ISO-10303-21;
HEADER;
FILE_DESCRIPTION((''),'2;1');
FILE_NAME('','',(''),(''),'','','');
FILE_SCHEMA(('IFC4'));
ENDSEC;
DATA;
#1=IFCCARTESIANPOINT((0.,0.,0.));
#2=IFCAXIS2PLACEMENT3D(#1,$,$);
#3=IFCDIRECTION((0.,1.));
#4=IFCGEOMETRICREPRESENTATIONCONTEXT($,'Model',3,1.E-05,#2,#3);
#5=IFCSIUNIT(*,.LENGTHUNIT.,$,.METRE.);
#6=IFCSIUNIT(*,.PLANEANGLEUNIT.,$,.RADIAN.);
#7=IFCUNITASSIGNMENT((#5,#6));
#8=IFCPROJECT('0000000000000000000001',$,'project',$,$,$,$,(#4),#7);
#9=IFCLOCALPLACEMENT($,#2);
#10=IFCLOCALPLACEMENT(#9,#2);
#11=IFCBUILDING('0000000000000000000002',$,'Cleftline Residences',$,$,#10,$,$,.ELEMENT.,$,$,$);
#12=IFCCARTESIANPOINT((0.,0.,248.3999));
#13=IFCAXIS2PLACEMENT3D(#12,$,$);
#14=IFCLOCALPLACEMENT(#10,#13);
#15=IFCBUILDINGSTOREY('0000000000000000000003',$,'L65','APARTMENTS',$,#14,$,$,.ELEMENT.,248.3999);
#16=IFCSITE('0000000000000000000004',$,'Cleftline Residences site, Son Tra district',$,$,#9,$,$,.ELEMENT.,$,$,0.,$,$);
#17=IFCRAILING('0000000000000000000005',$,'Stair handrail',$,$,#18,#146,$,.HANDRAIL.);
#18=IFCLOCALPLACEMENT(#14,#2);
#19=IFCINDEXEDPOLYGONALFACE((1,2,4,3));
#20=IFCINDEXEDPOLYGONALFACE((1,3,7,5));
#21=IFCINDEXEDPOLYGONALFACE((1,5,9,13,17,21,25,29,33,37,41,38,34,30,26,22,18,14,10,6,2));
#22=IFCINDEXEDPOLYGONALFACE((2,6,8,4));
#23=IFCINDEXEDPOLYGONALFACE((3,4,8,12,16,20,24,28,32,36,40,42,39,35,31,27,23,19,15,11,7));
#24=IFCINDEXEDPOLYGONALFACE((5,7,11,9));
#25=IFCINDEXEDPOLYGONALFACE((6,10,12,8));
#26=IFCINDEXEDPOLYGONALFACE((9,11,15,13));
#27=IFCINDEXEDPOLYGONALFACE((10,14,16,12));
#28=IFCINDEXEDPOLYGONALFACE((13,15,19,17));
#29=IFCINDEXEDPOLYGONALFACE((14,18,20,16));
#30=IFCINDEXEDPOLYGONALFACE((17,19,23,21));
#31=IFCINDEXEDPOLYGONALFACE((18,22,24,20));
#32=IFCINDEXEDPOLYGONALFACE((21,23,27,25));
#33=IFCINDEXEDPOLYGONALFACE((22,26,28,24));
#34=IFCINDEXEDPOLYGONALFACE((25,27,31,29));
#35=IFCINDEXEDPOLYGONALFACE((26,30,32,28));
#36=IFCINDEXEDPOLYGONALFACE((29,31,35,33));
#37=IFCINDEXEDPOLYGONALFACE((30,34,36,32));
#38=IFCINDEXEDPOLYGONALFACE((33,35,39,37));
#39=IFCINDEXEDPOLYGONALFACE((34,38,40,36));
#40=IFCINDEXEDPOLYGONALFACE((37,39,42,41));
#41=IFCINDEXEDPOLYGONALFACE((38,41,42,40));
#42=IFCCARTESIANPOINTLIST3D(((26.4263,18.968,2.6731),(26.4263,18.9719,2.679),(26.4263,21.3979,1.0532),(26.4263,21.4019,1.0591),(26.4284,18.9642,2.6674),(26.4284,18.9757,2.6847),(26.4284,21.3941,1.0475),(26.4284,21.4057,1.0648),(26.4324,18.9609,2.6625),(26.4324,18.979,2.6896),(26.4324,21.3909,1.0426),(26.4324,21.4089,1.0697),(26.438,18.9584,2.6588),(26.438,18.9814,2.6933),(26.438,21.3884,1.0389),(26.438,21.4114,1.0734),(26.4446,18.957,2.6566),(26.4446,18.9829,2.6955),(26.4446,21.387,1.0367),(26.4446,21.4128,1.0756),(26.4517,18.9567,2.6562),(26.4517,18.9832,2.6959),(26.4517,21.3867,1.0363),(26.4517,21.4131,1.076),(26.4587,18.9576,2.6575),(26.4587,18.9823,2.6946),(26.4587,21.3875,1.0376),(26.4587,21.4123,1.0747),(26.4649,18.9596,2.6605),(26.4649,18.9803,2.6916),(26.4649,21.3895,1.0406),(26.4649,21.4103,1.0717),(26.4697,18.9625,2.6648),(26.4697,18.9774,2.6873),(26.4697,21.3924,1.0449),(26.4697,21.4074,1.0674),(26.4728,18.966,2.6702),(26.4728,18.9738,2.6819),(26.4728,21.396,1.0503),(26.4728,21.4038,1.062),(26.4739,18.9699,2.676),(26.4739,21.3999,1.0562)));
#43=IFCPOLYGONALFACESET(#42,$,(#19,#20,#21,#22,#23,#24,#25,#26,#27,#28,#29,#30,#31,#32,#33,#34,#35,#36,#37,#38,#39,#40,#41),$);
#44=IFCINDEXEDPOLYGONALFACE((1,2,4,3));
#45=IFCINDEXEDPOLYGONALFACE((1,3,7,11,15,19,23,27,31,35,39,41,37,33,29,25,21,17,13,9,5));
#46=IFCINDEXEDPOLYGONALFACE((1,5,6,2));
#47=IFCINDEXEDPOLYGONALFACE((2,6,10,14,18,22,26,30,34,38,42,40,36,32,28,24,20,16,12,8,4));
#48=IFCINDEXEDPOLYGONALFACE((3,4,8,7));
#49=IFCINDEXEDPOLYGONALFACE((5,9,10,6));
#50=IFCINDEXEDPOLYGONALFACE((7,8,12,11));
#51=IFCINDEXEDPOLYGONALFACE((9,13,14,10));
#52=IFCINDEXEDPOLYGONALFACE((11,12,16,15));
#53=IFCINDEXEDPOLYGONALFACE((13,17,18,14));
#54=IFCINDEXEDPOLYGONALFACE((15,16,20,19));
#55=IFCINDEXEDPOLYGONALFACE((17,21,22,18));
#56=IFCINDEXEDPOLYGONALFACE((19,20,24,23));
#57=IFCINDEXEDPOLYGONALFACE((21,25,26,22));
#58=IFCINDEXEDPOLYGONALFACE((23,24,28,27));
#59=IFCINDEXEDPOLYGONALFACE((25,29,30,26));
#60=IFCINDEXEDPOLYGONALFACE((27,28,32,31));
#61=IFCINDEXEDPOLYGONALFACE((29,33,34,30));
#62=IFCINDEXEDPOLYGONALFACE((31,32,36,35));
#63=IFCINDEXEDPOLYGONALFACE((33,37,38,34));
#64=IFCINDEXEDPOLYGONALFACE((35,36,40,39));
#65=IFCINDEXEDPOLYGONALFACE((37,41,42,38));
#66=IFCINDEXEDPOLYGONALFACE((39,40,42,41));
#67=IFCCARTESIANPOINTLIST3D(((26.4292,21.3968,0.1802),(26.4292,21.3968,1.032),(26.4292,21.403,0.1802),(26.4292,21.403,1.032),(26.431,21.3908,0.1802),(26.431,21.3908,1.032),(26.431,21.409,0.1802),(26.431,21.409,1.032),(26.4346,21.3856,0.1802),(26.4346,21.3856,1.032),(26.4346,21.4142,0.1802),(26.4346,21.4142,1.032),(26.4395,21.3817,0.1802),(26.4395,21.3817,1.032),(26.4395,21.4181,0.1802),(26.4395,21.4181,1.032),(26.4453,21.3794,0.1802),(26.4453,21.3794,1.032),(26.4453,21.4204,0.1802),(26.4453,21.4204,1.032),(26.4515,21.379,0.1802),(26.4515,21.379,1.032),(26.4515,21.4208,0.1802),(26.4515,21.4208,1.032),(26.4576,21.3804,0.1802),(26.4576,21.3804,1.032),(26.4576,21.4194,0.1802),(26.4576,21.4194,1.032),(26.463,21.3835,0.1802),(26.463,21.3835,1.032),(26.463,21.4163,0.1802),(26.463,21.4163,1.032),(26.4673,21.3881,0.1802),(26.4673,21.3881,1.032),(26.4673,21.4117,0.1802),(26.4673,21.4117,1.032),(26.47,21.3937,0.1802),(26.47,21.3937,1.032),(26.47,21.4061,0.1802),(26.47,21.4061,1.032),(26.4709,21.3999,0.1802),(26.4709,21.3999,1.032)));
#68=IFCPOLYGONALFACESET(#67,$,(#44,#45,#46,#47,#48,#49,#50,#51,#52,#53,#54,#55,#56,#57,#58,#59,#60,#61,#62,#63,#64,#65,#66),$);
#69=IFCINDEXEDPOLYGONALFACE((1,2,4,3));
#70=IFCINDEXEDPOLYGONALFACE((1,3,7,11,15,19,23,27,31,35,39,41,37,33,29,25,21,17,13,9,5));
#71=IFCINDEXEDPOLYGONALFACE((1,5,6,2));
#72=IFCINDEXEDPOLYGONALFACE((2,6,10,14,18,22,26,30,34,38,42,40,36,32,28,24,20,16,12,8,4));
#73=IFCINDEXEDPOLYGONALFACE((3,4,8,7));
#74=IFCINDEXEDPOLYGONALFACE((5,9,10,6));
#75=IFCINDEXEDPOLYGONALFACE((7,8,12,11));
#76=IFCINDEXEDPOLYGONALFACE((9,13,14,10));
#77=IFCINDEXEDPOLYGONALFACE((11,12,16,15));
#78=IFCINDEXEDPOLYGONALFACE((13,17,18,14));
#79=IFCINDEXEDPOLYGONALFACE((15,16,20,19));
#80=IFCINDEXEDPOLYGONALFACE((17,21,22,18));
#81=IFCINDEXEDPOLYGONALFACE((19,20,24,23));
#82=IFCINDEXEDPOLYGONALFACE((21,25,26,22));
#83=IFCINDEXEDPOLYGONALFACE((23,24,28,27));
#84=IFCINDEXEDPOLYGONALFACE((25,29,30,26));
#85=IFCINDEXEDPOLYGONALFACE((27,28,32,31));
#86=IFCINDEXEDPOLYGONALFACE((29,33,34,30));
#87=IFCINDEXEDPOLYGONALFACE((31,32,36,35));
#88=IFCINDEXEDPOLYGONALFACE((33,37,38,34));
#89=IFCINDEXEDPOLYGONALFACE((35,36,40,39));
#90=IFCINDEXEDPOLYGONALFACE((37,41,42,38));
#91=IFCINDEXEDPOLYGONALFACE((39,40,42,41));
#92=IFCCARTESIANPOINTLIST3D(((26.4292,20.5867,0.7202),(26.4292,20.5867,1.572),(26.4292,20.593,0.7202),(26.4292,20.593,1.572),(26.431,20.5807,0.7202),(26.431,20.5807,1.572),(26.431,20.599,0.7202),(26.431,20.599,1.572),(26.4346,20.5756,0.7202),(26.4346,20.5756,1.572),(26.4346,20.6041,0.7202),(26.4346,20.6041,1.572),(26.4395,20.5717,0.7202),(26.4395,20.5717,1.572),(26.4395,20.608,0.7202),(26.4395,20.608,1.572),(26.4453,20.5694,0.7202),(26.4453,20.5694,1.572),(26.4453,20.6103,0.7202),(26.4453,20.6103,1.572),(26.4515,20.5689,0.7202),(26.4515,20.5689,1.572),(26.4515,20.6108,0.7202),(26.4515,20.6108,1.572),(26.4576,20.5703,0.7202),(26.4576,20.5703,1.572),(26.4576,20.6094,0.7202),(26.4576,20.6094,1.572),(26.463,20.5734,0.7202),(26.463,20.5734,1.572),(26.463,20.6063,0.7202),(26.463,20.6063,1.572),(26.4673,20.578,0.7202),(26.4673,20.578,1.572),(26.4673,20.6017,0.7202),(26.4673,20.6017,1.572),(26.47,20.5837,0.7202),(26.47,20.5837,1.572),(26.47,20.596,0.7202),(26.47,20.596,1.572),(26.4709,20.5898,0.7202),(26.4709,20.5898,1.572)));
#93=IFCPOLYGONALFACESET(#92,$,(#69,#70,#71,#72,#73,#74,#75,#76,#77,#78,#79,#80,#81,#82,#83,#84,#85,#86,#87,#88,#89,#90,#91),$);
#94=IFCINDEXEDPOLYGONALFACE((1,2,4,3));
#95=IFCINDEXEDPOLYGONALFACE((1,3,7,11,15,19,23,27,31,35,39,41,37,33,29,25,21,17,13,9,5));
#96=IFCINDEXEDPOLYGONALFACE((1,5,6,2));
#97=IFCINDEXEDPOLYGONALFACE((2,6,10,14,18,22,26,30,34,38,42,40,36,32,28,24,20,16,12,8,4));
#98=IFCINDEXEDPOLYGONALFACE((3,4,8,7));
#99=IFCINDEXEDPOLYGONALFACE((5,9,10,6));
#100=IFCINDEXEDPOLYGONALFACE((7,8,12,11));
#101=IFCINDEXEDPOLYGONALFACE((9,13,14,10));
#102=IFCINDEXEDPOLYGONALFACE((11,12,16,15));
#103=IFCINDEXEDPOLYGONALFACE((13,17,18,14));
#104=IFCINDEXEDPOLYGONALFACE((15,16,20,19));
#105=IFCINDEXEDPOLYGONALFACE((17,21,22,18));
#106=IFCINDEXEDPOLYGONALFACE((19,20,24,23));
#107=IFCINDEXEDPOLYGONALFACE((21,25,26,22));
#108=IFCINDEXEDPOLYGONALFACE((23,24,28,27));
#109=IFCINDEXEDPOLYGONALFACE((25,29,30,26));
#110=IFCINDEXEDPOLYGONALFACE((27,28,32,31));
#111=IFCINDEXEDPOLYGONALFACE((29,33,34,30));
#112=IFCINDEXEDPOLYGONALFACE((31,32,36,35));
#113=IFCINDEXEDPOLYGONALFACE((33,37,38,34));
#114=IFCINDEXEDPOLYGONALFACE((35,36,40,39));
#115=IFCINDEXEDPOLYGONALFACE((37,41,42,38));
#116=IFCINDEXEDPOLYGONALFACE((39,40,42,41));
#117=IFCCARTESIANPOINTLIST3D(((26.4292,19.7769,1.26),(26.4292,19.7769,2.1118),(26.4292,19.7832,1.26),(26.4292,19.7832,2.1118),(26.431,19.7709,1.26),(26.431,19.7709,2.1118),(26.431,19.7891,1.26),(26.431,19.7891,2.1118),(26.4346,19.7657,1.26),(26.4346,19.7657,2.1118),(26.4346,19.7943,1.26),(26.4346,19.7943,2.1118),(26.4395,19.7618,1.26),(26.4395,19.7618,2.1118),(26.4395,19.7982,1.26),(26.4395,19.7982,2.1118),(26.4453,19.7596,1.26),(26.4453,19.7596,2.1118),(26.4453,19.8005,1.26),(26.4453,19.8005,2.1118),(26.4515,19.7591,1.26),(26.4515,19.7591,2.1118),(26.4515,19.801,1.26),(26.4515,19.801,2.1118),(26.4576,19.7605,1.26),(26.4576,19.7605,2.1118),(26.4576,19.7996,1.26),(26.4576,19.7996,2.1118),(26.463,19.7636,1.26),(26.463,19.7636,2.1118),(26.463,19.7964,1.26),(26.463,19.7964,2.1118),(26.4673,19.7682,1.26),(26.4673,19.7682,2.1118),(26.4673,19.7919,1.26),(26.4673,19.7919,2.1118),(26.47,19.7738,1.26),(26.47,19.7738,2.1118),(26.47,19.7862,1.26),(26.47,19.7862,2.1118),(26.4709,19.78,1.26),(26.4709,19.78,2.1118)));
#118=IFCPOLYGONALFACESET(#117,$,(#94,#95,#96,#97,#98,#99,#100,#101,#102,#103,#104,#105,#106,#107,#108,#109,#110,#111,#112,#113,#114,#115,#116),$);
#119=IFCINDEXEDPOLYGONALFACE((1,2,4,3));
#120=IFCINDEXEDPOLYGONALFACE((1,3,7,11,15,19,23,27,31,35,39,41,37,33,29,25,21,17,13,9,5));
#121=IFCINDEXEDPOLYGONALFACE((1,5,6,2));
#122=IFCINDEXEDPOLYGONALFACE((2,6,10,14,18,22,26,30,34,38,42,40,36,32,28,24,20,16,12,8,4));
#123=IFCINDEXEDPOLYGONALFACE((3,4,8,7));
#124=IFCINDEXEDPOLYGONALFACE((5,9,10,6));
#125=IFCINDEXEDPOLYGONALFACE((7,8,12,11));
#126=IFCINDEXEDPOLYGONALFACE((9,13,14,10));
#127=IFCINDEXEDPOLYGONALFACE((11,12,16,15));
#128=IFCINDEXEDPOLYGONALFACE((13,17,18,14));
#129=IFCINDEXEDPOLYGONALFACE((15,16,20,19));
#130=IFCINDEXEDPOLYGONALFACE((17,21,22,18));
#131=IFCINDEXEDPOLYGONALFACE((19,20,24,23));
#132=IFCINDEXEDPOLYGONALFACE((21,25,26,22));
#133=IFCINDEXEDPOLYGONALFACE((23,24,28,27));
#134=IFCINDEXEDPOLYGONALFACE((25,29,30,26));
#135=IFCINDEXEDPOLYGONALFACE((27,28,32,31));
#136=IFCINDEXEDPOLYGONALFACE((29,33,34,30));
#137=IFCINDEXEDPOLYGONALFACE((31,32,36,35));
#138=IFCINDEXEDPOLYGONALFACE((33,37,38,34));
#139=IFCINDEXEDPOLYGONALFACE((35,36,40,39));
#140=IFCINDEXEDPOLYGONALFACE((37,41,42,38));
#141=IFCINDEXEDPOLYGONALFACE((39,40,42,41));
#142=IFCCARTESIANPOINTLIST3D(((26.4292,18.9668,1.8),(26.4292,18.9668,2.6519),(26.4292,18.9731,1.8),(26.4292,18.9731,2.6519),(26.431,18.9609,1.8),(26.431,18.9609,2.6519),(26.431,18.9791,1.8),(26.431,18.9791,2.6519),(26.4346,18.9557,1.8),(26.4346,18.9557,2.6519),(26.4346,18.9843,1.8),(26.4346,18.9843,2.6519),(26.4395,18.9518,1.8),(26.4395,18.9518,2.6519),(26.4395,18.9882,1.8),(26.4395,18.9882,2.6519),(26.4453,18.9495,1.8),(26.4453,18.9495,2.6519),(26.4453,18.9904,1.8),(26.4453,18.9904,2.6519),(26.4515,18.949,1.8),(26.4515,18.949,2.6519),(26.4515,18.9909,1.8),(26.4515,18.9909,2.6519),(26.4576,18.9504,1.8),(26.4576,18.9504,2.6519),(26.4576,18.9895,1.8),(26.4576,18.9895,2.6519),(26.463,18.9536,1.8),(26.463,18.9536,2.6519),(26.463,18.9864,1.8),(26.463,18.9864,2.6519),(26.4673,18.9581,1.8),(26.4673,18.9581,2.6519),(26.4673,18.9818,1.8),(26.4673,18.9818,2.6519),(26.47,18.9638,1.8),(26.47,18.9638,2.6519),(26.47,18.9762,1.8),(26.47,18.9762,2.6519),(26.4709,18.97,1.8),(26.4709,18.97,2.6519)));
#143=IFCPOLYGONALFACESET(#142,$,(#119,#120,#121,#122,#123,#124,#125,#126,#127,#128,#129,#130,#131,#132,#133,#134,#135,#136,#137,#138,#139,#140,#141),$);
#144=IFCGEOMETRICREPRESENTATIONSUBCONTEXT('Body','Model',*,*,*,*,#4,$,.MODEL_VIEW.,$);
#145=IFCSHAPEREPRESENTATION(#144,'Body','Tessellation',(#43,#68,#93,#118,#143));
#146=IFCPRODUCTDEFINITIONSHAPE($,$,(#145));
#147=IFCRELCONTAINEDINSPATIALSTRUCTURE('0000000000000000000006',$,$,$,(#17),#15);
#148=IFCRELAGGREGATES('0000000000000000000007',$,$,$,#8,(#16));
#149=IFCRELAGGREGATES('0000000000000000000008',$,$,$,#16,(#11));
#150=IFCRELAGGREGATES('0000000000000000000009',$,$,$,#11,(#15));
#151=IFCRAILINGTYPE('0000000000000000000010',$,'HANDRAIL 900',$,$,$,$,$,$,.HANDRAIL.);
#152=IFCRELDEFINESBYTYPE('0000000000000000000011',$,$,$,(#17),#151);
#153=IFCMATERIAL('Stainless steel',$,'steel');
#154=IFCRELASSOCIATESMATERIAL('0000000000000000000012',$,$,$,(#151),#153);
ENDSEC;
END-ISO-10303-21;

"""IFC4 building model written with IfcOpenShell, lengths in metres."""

from ifc_helpers import new_model, si_unit, direction, frame, origin, origin_2d, place, context, subcontext, project, spatial, circle, extrude, material, type_object, element, save


model = new_model("IFC4")

# Units and contexts
model_context = context("Model", 3, precision=1e-05, world=origin(), true_north=direction((0.0, 1.0)))
body_context = subcontext(model_context, "Body", "Model", "MODEL_VIEW")
ifc_project = project(units=[si_unit("LENGTHUNIT", "METRE"), si_unit("PLANEANGLEUNIT", "RADIAN")], contexts=[model_context])

# Site, building, storey
site_placement = place(None, origin())
site = spatial("IfcSite", under=ifc_project, at=site_placement, Name="Cleftline Residences site, Son Tra district", CompositionType="ELEMENT", RefElevation=0.0)
building_placement = place(site_placement, origin())
building = spatial("IfcBuilding", under=site, at=building_placement, Name="Cleftline Residences", CompositionType="ELEMENT")
storey_placement = place(building_placement, frame((0.0, 0.0, 248.3999)))
storey = spatial("IfcBuildingStorey", under=building, at=storey_placement, Name="L65", Description="APARTMENTS", CompositionType="ELEMENT", Elevation=248.3999)

# Railing
ifc_material_1 = material(Name="Stainless steel", Category="steel")
railing_type = type_object("IfcRailingType", Name="HANDRAIL 900", PredefinedType="HANDRAIL", material=ifc_material_1)
railing_1_placement = place(storey_placement, frame((26.45, 21.3999, 0.1802)))
element("IfcRailing", 1, at=railing_1_placement, inside=storey, type_object=railing_type, Name="Stair handrail", PredefinedType="HANDRAIL", context=body_context, shape_type="SweptSolid", body=[
    extrude(circle(Radius=0.0239, at=origin_2d()), frame((0.0, 0.0, 0.876), z_axis=(0.0, -0.832063, 0.554681), x_axis=(1.0, 0.0, 0.0)), (0.0, 0.0, 1.0), 2.9204),
    extrude(circle(Radius=0.021, at=origin_2d()), origin(), (0.0, 0.0, 1.0), 0.8518),
    extrude(circle(Radius=0.021, at=origin_2d()), frame((0.0, -0.8101, 0.54)), (0.0, 0.0, 1.0), 0.8518),
    extrude(circle(Radius=0.021, at=origin_2d()), frame((0.0, -1.6199, 1.0798)), (0.0, 0.0, 1.0), 0.8518),
    extrude(circle(Radius=0.021, at=origin_2d()), frame((0.0, -2.4299, 1.6199)), (0.0, 0.0, 1.0), 0.8518),
])

save(model, "model.ifc")
